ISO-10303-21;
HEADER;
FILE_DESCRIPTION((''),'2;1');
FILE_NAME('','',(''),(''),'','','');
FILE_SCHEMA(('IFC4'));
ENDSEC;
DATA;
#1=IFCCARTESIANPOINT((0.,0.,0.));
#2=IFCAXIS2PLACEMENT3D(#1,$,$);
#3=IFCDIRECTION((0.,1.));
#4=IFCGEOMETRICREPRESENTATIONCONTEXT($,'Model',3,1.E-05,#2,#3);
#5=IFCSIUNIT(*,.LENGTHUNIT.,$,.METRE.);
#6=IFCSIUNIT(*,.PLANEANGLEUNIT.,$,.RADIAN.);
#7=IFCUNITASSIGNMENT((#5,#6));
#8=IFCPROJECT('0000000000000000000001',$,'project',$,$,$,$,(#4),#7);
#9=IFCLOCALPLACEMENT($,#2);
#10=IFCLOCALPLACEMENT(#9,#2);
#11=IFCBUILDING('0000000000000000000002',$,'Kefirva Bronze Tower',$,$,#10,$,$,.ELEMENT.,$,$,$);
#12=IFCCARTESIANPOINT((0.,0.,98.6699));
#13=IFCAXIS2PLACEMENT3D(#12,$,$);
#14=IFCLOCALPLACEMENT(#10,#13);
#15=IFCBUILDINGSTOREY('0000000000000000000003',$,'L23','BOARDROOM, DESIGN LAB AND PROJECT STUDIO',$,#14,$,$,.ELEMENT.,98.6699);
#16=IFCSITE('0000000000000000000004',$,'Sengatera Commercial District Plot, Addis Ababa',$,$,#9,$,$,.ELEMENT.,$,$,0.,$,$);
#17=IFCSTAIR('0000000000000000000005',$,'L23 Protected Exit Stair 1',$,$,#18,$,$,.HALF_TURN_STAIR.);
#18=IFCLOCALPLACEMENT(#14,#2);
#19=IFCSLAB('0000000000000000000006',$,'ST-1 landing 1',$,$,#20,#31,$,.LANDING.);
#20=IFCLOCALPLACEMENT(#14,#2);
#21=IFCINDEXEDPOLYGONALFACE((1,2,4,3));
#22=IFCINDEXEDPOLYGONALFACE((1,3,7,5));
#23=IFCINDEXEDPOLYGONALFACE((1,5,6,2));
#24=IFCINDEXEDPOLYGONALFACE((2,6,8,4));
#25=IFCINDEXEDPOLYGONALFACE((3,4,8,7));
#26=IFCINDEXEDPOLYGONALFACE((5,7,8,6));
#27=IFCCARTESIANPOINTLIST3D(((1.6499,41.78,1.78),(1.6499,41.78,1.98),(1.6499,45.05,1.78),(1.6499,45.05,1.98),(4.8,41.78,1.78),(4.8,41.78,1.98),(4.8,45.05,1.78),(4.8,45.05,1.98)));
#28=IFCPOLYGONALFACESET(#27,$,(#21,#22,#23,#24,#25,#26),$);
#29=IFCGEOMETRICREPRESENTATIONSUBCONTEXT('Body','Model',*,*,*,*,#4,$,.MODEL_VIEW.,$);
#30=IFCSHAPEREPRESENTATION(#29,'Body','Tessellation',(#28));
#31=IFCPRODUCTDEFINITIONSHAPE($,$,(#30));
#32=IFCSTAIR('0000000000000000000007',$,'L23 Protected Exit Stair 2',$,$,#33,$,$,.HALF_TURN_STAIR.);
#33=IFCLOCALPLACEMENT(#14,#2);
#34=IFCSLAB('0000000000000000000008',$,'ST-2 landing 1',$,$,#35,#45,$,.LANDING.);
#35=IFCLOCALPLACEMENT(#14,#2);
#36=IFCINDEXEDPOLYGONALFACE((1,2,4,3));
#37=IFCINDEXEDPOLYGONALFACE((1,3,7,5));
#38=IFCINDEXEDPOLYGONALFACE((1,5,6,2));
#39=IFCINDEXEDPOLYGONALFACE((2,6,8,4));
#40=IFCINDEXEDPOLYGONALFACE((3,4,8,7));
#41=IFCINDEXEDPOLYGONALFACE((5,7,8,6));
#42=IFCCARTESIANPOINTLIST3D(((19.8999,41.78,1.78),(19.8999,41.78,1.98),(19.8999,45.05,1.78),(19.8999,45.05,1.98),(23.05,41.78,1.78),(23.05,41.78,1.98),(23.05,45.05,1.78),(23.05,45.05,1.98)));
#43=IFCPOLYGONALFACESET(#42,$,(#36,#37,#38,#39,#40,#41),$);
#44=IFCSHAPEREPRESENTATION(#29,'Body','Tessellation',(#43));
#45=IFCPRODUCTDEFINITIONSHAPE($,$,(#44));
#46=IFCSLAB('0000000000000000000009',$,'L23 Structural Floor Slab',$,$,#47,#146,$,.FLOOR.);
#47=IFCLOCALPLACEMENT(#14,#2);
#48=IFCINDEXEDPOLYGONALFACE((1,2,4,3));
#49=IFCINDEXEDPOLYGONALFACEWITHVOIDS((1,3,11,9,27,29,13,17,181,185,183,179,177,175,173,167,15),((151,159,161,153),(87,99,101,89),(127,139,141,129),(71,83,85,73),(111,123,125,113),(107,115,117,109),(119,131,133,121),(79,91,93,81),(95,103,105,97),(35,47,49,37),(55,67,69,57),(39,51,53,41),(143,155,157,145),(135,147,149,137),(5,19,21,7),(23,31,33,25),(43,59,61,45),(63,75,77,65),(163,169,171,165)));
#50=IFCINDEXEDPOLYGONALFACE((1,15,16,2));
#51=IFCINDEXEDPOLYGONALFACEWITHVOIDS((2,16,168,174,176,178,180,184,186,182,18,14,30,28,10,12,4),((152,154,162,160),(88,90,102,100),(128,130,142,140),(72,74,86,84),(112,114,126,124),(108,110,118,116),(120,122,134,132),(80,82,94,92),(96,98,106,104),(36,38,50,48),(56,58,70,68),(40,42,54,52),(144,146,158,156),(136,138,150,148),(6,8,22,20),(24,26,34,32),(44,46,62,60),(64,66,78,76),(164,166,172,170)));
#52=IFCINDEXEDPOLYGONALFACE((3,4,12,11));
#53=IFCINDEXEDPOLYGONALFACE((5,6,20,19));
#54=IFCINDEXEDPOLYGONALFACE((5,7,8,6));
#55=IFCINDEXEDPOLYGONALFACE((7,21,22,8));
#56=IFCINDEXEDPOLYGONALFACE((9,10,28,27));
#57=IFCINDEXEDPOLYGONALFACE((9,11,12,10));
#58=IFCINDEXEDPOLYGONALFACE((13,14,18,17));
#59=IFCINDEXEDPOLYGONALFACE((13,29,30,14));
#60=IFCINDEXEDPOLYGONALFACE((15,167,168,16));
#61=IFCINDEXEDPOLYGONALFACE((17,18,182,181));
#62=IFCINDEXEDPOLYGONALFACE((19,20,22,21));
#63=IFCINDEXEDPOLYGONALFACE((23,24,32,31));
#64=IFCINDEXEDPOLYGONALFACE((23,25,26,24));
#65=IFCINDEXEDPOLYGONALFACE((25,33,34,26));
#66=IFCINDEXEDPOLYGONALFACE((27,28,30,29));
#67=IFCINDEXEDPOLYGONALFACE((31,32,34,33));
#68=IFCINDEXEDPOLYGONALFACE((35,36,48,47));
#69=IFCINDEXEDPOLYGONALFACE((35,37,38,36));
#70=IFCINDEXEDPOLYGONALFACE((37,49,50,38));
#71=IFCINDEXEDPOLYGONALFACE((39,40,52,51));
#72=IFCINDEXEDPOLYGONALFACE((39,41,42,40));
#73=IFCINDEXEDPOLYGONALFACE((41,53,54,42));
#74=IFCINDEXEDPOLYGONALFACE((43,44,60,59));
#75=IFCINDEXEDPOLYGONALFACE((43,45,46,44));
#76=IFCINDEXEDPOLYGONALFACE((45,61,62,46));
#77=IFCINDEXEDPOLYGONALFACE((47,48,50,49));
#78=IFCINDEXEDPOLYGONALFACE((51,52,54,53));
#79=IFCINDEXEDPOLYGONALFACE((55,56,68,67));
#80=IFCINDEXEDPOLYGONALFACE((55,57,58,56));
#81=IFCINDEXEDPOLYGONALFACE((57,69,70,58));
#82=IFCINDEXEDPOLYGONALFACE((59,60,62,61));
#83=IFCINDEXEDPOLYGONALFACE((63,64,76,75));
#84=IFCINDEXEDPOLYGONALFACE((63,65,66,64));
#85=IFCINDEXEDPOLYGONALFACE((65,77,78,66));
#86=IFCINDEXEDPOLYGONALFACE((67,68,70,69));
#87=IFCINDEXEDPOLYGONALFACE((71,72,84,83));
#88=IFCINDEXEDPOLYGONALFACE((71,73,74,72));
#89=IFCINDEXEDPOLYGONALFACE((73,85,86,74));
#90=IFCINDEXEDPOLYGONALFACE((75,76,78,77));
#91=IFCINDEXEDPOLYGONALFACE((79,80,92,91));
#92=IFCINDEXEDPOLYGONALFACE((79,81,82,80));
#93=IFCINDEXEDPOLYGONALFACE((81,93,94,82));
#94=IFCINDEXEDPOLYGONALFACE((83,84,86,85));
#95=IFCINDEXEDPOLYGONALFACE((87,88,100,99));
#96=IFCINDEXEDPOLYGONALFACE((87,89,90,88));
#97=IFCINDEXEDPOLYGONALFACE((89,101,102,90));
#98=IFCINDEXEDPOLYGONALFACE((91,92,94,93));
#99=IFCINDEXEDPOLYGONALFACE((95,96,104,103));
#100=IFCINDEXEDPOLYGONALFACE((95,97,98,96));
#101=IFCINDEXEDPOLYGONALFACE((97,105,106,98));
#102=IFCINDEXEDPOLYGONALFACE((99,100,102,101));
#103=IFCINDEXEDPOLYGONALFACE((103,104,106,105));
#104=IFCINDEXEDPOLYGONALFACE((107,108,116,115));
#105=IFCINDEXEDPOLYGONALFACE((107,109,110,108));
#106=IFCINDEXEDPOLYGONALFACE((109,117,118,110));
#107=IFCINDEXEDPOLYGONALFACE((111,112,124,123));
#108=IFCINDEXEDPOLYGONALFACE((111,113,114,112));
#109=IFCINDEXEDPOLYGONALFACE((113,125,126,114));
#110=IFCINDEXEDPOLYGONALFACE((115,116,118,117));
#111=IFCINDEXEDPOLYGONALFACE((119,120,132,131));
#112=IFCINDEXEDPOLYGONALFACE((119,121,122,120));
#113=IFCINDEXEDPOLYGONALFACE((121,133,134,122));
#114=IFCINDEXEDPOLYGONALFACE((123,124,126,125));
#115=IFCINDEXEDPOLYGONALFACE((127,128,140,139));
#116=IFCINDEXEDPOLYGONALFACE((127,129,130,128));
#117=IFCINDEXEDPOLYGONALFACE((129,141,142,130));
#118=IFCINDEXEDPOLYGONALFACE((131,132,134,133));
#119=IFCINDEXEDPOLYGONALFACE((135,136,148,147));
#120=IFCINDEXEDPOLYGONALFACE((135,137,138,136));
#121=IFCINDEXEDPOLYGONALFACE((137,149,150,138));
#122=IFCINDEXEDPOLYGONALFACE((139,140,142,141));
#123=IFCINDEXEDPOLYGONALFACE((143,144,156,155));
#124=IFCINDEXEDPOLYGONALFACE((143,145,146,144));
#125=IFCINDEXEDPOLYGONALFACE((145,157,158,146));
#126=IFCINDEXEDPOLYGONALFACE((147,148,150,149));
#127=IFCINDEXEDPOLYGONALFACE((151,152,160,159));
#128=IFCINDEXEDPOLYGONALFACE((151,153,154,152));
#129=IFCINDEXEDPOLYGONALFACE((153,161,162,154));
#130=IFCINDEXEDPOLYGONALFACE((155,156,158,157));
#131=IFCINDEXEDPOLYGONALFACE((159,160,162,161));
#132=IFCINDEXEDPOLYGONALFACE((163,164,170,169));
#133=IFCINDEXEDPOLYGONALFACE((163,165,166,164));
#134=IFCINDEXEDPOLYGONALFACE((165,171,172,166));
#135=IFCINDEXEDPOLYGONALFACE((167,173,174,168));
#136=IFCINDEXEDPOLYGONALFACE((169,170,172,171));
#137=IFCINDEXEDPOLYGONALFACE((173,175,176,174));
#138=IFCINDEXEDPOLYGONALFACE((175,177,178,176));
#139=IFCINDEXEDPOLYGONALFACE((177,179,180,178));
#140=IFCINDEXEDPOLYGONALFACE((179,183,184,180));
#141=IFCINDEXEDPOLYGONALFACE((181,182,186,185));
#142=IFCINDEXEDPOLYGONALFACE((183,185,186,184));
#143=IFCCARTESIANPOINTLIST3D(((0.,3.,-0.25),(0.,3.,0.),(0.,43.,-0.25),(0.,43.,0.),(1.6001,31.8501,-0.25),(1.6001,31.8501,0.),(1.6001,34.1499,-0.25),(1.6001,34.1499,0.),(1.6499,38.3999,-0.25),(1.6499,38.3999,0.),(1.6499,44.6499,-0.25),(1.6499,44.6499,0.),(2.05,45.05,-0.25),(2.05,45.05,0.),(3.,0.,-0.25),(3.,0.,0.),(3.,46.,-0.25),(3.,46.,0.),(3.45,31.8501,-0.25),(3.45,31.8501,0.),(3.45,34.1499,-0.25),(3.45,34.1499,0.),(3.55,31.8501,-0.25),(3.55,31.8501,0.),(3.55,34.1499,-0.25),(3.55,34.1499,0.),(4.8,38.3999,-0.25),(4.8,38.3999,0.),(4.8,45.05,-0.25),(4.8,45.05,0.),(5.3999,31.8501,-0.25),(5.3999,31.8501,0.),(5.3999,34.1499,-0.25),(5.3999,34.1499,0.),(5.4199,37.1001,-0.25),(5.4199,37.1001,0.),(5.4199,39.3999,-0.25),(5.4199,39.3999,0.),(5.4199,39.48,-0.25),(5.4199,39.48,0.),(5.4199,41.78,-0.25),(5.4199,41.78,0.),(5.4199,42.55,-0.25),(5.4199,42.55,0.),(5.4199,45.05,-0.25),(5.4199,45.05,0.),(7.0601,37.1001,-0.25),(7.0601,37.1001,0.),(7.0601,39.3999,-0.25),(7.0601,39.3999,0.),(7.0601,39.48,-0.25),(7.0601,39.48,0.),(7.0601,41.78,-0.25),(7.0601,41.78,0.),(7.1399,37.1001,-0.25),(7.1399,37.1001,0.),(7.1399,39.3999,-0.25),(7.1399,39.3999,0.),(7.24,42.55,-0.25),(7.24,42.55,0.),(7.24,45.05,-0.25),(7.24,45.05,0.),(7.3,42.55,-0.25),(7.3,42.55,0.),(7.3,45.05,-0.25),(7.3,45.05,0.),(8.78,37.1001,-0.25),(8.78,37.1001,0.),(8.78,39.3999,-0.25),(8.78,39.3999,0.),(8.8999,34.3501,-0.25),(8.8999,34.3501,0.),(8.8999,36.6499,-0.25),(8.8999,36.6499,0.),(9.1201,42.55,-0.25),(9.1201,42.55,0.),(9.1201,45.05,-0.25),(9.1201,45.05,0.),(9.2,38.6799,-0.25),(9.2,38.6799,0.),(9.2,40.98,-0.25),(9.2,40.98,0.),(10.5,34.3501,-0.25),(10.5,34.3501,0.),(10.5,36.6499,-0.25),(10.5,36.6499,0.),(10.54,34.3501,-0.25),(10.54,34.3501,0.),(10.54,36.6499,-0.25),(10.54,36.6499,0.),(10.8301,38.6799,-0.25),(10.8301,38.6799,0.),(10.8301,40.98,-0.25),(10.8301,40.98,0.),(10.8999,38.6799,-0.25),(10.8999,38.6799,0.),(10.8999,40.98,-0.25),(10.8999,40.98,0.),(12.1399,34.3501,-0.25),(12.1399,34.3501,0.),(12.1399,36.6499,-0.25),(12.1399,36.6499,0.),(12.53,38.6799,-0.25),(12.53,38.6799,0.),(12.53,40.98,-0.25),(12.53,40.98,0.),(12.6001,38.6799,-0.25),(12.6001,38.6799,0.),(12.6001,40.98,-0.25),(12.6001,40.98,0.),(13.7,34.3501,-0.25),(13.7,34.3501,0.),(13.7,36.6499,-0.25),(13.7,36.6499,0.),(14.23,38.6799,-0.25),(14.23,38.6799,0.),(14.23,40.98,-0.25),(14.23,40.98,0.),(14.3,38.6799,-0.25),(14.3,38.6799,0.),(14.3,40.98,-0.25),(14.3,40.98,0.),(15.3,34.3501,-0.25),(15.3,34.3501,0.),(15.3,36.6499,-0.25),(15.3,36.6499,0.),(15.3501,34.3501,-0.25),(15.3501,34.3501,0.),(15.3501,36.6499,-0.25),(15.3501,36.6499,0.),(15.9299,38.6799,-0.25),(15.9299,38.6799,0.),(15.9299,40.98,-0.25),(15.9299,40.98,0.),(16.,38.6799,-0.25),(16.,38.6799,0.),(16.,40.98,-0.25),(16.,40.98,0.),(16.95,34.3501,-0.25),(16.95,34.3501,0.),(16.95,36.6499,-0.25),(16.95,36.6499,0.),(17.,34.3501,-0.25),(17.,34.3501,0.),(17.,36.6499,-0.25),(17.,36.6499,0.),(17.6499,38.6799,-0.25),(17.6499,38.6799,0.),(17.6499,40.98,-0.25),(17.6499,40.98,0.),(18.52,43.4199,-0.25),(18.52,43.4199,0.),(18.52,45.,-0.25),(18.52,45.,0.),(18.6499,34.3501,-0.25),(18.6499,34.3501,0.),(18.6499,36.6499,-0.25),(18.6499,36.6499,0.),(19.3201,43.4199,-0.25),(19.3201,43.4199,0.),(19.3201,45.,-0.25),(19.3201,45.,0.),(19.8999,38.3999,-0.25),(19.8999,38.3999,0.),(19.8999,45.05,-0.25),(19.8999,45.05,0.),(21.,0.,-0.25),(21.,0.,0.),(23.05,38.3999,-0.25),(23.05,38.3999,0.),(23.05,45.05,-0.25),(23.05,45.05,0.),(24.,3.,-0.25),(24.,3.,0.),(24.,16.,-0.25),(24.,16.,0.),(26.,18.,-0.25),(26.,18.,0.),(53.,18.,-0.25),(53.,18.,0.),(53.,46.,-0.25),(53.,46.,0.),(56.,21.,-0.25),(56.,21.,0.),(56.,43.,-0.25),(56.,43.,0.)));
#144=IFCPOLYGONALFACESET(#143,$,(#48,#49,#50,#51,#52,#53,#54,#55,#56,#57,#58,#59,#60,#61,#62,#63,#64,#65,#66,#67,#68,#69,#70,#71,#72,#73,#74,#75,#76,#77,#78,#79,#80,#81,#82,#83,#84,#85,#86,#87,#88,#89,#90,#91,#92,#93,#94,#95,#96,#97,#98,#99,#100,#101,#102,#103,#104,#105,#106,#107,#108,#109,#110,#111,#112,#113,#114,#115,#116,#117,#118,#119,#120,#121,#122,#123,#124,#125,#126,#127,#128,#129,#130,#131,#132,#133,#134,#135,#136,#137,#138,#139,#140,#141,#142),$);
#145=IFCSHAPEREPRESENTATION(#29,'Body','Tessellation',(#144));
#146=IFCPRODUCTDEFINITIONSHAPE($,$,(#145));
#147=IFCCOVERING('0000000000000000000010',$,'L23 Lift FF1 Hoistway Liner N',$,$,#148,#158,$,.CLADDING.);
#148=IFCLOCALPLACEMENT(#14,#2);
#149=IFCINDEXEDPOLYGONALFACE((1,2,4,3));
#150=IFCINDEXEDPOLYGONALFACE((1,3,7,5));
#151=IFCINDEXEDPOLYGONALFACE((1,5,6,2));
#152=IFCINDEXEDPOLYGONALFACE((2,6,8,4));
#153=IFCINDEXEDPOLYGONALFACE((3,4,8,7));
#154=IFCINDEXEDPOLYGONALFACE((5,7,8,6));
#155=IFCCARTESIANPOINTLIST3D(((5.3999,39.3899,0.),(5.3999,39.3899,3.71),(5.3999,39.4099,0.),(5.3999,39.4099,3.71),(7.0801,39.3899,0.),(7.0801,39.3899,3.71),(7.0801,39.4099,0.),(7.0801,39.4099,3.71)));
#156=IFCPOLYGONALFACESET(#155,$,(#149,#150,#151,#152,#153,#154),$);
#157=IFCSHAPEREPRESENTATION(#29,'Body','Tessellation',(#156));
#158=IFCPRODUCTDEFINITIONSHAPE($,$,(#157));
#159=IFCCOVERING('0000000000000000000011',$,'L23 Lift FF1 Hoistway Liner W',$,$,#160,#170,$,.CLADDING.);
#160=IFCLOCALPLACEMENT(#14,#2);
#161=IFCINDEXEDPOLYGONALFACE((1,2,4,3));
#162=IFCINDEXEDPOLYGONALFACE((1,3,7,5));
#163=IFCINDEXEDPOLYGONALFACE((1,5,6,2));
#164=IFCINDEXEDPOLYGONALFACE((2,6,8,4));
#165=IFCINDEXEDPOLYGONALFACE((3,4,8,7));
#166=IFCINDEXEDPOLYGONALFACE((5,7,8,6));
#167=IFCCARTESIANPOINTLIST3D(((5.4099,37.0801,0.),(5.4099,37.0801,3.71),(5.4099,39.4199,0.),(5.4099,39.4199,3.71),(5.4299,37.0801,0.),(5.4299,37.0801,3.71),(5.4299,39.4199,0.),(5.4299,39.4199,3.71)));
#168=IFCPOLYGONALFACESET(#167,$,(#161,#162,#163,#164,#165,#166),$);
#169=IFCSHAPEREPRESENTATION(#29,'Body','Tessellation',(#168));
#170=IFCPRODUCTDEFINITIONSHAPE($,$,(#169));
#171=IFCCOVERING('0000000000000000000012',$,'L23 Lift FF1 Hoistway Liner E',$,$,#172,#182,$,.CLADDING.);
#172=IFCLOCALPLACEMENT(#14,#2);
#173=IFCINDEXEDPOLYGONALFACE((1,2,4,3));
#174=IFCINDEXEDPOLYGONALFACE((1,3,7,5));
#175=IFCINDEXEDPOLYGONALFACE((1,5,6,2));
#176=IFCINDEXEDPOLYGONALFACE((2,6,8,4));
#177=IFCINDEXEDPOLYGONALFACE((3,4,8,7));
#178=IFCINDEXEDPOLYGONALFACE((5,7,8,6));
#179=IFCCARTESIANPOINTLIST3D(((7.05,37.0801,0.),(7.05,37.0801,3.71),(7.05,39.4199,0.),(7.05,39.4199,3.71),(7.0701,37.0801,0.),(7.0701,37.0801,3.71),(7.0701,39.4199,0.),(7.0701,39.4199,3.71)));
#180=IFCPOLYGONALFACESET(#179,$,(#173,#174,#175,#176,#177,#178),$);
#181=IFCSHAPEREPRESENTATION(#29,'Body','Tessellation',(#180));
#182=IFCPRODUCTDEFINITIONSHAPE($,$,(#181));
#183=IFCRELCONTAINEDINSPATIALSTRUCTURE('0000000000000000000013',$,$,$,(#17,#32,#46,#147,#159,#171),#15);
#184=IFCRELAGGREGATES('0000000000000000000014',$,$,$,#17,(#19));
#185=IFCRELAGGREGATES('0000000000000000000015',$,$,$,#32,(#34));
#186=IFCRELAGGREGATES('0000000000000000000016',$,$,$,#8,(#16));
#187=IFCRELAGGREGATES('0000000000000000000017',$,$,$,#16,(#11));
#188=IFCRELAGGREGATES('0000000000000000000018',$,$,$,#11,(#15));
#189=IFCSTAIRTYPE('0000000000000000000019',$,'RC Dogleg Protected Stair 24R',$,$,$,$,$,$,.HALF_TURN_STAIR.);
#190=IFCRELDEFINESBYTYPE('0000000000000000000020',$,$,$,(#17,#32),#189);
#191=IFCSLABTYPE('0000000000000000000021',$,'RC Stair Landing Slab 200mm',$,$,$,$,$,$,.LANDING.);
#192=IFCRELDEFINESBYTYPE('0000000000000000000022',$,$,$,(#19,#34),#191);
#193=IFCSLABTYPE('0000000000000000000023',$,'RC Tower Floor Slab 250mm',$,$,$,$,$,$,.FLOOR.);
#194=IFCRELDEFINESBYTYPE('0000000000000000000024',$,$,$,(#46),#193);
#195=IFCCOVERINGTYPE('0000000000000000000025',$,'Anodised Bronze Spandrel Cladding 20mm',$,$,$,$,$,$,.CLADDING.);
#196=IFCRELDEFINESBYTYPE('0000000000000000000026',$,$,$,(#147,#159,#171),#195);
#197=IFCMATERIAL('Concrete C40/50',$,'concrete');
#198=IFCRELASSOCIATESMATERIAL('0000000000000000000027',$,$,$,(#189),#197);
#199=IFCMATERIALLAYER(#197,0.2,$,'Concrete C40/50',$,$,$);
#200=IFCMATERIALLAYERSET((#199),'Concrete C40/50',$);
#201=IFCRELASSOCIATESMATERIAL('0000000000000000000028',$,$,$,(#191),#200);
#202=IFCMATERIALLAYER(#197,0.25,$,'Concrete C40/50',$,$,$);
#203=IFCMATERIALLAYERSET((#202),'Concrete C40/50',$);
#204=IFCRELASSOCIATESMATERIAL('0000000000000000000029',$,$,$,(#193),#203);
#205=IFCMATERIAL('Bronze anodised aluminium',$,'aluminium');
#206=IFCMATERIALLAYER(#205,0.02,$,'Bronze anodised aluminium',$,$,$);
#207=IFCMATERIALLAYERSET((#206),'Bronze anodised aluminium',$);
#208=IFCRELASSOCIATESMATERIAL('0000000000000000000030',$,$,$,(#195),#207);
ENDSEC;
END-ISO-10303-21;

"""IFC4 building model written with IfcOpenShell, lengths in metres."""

from ifc_helpers import new_model, si_unit, direction, frame, origin, place, context, subcontext, project, spatial, polyline, outline, extrude, material, layer, layer_set, type_object, element, aggregate, save


model = new_model("IFC4")

# Units and contexts
model_context = context("Model", 3, precision=1e-05, world=origin(), true_north=direction((0.0, 1.0)))
body_context = subcontext(model_context, "Body", "Model", "MODEL_VIEW")
ifc_project = project(units=[si_unit("LENGTHUNIT", "METRE"), si_unit("PLANEANGLEUNIT", "RADIAN")], contexts=[model_context])

# Site, building, storey
site_placement = place(None, origin())
site = spatial("IfcSite", under=ifc_project, at=site_placement, Name="Sengatera Commercial District Plot, Addis Ababa", CompositionType="ELEMENT", RefElevation=0.0)
building_placement = place(site_placement, origin())
building = spatial("IfcBuilding", under=site, at=building_placement, Name="Kefirva Bronze Tower", CompositionType="ELEMENT")
storey_placement = place(building_placement, frame((0.0, 0.0, 98.6699)))
storey = spatial("IfcBuildingStorey", under=building, at=storey_placement, Name="L23", Description="BOARDROOM, DESIGN LAB AND PROJECT STUDIO", CompositionType="ELEMENT", Elevation=98.6699)

# Stairs, slabs
ifc_material_1 = material(Name="Concrete C40/50", Category="concrete")
stair_type = type_object("IfcStairType", Name="RC Dogleg Protected Stair 24R", PredefinedType="HALF_TURN_STAIR", material=ifc_material_1)
stair_1_placement = place(storey_placement, origin())
stair_1 = element("IfcStair", 1, at=stair_1_placement, inside=storey, type_object=stair_type, Name="L23 Protected Exit Stair 1", PredefinedType="HALF_TURN_STAIR")
ifc_layer_1 = layer(ifc_material_1, 0.2, Name="Concrete C40/50")
ifc_layer_set_1 = layer_set([ifc_layer_1], Name="Concrete C40/50")
slab_type_1 = type_object("IfcSlabType", Name="RC Stair Landing Slab 200mm", PredefinedType="LANDING", material=ifc_layer_set_1)
slab_1_placement = place(storey_placement, frame((0.0, 0.0, 1.78)))
slab_1 = element("IfcSlab", 2, at=slab_1_placement, type_object=slab_type_1, Name="ST-1 landing 1", PredefinedType="LANDING", context=body_context, shape_type="SweptSolid", body=[
    extrude(outline(polyline([(4.8, 41.78), (4.8, 45.05), (1.6499, 45.05), (1.6499, 41.78), (4.8, 41.78)])), origin(), (0.0, 0.0, 1.0), 0.2),
])
aggregate(stair_1, [slab_1])
stair_2_placement = place(storey_placement, origin())
stair_2 = element("IfcStair", 3, at=stair_2_placement, inside=storey, type_object=stair_type, Name="L23 Protected Exit Stair 2", PredefinedType="HALF_TURN_STAIR")
slab_2_placement = place(storey_placement, frame((0.0, 0.0, 1.78)))
slab_2 = element("IfcSlab", 4, at=slab_2_placement, type_object=slab_type_1, Name="ST-2 landing 1", PredefinedType="LANDING", context=body_context, shape_type="SweptSolid", body=[
    extrude(outline(polyline([(23.05, 41.78), (23.05, 45.05), (19.8999, 45.05), (19.8999, 41.78), (23.05, 41.78)])), origin(), (0.0, 0.0, 1.0), 0.2),
])
aggregate(stair_2, [slab_2])

# Slab
ifc_layer_2 = layer(ifc_material_1, 0.25, Name="Concrete C40/50")
ifc_layer_set_2 = layer_set([ifc_layer_2], Name="Concrete C40/50")
slab_type_2 = type_object("IfcSlabType", Name="RC Tower Floor Slab 250mm", PredefinedType="FLOOR", material=ifc_layer_set_2)
slab_3_placement = place(storey_placement, frame((0.0, 0.0, -0.25)))
element("IfcSlab", 5, at=slab_3_placement, inside=storey, type_object=slab_type_2, Name="L23 Structural Floor Slab", PredefinedType="FLOOR", context=body_context, shape_type="SweptSolid", body=[
    extrude(outline(polyline([(0.0, 3.0), (0.0, 43.0), (1.6499, 44.6499), (1.6499, 38.3999), (4.8, 38.3999), (4.8, 45.05), (2.05, 45.05), (3.0, 46.0), (53.0, 46.0), (56.0, 43.0), (56.0, 21.0), (53.0, 18.0), (26.0, 18.0), (24.0, 16.0), (24.0, 3.0), (21.0, 0.0), (3.0, 0.0), (0.0, 3.0)]), holes=[polyline([(19.8999, 38.3999), (23.05, 38.3999), (23.05, 45.05), (19.8999, 45.05), (19.8999, 38.3999)]), polyline([(18.52, 43.4199), (19.3201, 43.4199), (19.3201, 45.0), (18.52, 45.0), (18.52, 43.4199)]), polyline([(17.0, 34.3501), (18.6499, 34.3501), (18.6499, 36.6499), (17.0, 36.6499), (17.0, 34.3501)]), polyline([(17.6499, 38.6799), (17.6499, 40.98), (16.0, 40.98), (16.0, 38.6799), (17.6499, 38.6799)]), polyline([(16.95, 34.3501), (16.95, 36.6499), (15.3501, 36.6499), (15.3501, 34.3501), (16.95, 34.3501)]), polyline([(15.9299, 38.6799), (15.9299, 40.98), (14.3, 40.98), (14.3, 38.6799), (15.9299, 38.6799)]), polyline([(15.3, 34.3501), (15.3, 36.6499), (13.7, 36.6499), (13.7, 34.3501), (15.3, 34.3501)]), polyline([(14.23, 38.6799), (14.23, 40.98), (12.6001, 40.98), (12.6001, 38.6799), (14.23, 38.6799)]), polyline([(10.8999, 38.6799), (12.53, 38.6799), (12.53, 40.98), (10.8999, 40.98), (10.8999, 38.6799)]), polyline([(12.1399, 34.3501), (12.1399, 36.6499), (10.54, 36.6499), (10.54, 34.3501), (12.1399, 34.3501)]), polyline([(10.8301, 38.6799), (10.8301, 40.98), (9.2, 40.98), (9.2, 38.6799), (10.8301, 38.6799)]), polyline([(10.5, 34.3501), (10.5, 36.6499), (8.8999, 36.6499), (8.8999, 34.3501), (10.5, 34.3501)]), polyline([(7.3, 42.55), (9.1201, 42.55), (9.1201, 45.05), (7.3, 45.05), (7.3, 42.55)]), polyline([(7.1399, 37.1001), (8.78, 37.1001), (8.78, 39.3999), (7.1399, 39.3999), (7.1399, 37.1001)]), polyline([(5.4199, 42.55), (7.24, 42.55), (7.24, 45.05), (5.4199, 45.05), (5.4199, 42.55)]), polyline([(7.0601, 39.48), (7.0601, 41.78), (5.4199, 41.78), (5.4199, 39.48), (7.0601, 39.48)]), polyline([(5.4199, 37.1001), (7.0601, 37.1001), (7.0601, 39.3999), (5.4199, 39.3999), (5.4199, 37.1001)]), polyline([(5.3999, 31.8501), (5.3999, 34.1499), (3.55, 34.1499), (3.55, 31.8501), (5.3999, 31.8501)]), polyline([(3.45, 31.8501), (3.45, 34.1499), (1.6001, 34.1499), (1.6001, 31.8501), (3.45, 31.8501)])]), origin(), (0.0, 0.0, 1.0), 0.25),
])

# Coverings
ifc_material_2 = material(Name="Bronze anodised aluminium", Category="aluminium")
ifc_layer_3 = layer(ifc_material_2, 0.02, Name="Bronze anodised aluminium")
ifc_layer_set_3 = layer_set([ifc_layer_3], Name="Bronze anodised aluminium")
covering_type = type_object("IfcCoveringType", Name="Anodised Bronze Spandrel Cladding 20mm", PredefinedType="CLADDING", material=ifc_layer_set_3)
covering_1_placement = place(storey_placement, origin())
element("IfcCovering", 6, at=covering_1_placement, inside=storey, type_object=covering_type, Name="L23 Lift FF1 Hoistway Liner N", PredefinedType="CLADDING", context=body_context, shape_type="SweptSolid", body=[
    extrude(outline(polyline([(5.3999, 39.3899), (7.0801, 39.3899), (7.0801, 39.4099), (5.3999, 39.4099), (5.3999, 39.3899)])), origin(), (0.0, 0.0, 1.0), 3.71),
])
covering_2_placement = place(storey_placement, origin())
element("IfcCovering", 7, at=covering_2_placement, inside=storey, type_object=covering_type, Name="L23 Lift FF1 Hoistway Liner W", PredefinedType="CLADDING", context=body_context, shape_type="SweptSolid", body=[
    extrude(outline(polyline([(5.4099, 37.0801), (5.4299, 37.0801), (5.4299, 39.4199), (5.4099, 39.4199), (5.4099, 37.0801)])), origin(), (0.0, 0.0, 1.0), 3.71),
])
covering_3_placement = place(storey_placement, origin())
element("IfcCovering", 8, at=covering_3_placement, inside=storey, type_object=covering_type, Name="L23 Lift FF1 Hoistway Liner E", PredefinedType="CLADDING", context=body_context, shape_type="SweptSolid", body=[
    extrude(outline(polyline([(7.05, 37.0801), (7.0701, 37.0801), (7.0701, 39.4199), (7.05, 39.4199), (7.05, 37.0801)])), origin(), (0.0, 0.0, 1.0), 3.71),
])

save(model, "model.ifc")
